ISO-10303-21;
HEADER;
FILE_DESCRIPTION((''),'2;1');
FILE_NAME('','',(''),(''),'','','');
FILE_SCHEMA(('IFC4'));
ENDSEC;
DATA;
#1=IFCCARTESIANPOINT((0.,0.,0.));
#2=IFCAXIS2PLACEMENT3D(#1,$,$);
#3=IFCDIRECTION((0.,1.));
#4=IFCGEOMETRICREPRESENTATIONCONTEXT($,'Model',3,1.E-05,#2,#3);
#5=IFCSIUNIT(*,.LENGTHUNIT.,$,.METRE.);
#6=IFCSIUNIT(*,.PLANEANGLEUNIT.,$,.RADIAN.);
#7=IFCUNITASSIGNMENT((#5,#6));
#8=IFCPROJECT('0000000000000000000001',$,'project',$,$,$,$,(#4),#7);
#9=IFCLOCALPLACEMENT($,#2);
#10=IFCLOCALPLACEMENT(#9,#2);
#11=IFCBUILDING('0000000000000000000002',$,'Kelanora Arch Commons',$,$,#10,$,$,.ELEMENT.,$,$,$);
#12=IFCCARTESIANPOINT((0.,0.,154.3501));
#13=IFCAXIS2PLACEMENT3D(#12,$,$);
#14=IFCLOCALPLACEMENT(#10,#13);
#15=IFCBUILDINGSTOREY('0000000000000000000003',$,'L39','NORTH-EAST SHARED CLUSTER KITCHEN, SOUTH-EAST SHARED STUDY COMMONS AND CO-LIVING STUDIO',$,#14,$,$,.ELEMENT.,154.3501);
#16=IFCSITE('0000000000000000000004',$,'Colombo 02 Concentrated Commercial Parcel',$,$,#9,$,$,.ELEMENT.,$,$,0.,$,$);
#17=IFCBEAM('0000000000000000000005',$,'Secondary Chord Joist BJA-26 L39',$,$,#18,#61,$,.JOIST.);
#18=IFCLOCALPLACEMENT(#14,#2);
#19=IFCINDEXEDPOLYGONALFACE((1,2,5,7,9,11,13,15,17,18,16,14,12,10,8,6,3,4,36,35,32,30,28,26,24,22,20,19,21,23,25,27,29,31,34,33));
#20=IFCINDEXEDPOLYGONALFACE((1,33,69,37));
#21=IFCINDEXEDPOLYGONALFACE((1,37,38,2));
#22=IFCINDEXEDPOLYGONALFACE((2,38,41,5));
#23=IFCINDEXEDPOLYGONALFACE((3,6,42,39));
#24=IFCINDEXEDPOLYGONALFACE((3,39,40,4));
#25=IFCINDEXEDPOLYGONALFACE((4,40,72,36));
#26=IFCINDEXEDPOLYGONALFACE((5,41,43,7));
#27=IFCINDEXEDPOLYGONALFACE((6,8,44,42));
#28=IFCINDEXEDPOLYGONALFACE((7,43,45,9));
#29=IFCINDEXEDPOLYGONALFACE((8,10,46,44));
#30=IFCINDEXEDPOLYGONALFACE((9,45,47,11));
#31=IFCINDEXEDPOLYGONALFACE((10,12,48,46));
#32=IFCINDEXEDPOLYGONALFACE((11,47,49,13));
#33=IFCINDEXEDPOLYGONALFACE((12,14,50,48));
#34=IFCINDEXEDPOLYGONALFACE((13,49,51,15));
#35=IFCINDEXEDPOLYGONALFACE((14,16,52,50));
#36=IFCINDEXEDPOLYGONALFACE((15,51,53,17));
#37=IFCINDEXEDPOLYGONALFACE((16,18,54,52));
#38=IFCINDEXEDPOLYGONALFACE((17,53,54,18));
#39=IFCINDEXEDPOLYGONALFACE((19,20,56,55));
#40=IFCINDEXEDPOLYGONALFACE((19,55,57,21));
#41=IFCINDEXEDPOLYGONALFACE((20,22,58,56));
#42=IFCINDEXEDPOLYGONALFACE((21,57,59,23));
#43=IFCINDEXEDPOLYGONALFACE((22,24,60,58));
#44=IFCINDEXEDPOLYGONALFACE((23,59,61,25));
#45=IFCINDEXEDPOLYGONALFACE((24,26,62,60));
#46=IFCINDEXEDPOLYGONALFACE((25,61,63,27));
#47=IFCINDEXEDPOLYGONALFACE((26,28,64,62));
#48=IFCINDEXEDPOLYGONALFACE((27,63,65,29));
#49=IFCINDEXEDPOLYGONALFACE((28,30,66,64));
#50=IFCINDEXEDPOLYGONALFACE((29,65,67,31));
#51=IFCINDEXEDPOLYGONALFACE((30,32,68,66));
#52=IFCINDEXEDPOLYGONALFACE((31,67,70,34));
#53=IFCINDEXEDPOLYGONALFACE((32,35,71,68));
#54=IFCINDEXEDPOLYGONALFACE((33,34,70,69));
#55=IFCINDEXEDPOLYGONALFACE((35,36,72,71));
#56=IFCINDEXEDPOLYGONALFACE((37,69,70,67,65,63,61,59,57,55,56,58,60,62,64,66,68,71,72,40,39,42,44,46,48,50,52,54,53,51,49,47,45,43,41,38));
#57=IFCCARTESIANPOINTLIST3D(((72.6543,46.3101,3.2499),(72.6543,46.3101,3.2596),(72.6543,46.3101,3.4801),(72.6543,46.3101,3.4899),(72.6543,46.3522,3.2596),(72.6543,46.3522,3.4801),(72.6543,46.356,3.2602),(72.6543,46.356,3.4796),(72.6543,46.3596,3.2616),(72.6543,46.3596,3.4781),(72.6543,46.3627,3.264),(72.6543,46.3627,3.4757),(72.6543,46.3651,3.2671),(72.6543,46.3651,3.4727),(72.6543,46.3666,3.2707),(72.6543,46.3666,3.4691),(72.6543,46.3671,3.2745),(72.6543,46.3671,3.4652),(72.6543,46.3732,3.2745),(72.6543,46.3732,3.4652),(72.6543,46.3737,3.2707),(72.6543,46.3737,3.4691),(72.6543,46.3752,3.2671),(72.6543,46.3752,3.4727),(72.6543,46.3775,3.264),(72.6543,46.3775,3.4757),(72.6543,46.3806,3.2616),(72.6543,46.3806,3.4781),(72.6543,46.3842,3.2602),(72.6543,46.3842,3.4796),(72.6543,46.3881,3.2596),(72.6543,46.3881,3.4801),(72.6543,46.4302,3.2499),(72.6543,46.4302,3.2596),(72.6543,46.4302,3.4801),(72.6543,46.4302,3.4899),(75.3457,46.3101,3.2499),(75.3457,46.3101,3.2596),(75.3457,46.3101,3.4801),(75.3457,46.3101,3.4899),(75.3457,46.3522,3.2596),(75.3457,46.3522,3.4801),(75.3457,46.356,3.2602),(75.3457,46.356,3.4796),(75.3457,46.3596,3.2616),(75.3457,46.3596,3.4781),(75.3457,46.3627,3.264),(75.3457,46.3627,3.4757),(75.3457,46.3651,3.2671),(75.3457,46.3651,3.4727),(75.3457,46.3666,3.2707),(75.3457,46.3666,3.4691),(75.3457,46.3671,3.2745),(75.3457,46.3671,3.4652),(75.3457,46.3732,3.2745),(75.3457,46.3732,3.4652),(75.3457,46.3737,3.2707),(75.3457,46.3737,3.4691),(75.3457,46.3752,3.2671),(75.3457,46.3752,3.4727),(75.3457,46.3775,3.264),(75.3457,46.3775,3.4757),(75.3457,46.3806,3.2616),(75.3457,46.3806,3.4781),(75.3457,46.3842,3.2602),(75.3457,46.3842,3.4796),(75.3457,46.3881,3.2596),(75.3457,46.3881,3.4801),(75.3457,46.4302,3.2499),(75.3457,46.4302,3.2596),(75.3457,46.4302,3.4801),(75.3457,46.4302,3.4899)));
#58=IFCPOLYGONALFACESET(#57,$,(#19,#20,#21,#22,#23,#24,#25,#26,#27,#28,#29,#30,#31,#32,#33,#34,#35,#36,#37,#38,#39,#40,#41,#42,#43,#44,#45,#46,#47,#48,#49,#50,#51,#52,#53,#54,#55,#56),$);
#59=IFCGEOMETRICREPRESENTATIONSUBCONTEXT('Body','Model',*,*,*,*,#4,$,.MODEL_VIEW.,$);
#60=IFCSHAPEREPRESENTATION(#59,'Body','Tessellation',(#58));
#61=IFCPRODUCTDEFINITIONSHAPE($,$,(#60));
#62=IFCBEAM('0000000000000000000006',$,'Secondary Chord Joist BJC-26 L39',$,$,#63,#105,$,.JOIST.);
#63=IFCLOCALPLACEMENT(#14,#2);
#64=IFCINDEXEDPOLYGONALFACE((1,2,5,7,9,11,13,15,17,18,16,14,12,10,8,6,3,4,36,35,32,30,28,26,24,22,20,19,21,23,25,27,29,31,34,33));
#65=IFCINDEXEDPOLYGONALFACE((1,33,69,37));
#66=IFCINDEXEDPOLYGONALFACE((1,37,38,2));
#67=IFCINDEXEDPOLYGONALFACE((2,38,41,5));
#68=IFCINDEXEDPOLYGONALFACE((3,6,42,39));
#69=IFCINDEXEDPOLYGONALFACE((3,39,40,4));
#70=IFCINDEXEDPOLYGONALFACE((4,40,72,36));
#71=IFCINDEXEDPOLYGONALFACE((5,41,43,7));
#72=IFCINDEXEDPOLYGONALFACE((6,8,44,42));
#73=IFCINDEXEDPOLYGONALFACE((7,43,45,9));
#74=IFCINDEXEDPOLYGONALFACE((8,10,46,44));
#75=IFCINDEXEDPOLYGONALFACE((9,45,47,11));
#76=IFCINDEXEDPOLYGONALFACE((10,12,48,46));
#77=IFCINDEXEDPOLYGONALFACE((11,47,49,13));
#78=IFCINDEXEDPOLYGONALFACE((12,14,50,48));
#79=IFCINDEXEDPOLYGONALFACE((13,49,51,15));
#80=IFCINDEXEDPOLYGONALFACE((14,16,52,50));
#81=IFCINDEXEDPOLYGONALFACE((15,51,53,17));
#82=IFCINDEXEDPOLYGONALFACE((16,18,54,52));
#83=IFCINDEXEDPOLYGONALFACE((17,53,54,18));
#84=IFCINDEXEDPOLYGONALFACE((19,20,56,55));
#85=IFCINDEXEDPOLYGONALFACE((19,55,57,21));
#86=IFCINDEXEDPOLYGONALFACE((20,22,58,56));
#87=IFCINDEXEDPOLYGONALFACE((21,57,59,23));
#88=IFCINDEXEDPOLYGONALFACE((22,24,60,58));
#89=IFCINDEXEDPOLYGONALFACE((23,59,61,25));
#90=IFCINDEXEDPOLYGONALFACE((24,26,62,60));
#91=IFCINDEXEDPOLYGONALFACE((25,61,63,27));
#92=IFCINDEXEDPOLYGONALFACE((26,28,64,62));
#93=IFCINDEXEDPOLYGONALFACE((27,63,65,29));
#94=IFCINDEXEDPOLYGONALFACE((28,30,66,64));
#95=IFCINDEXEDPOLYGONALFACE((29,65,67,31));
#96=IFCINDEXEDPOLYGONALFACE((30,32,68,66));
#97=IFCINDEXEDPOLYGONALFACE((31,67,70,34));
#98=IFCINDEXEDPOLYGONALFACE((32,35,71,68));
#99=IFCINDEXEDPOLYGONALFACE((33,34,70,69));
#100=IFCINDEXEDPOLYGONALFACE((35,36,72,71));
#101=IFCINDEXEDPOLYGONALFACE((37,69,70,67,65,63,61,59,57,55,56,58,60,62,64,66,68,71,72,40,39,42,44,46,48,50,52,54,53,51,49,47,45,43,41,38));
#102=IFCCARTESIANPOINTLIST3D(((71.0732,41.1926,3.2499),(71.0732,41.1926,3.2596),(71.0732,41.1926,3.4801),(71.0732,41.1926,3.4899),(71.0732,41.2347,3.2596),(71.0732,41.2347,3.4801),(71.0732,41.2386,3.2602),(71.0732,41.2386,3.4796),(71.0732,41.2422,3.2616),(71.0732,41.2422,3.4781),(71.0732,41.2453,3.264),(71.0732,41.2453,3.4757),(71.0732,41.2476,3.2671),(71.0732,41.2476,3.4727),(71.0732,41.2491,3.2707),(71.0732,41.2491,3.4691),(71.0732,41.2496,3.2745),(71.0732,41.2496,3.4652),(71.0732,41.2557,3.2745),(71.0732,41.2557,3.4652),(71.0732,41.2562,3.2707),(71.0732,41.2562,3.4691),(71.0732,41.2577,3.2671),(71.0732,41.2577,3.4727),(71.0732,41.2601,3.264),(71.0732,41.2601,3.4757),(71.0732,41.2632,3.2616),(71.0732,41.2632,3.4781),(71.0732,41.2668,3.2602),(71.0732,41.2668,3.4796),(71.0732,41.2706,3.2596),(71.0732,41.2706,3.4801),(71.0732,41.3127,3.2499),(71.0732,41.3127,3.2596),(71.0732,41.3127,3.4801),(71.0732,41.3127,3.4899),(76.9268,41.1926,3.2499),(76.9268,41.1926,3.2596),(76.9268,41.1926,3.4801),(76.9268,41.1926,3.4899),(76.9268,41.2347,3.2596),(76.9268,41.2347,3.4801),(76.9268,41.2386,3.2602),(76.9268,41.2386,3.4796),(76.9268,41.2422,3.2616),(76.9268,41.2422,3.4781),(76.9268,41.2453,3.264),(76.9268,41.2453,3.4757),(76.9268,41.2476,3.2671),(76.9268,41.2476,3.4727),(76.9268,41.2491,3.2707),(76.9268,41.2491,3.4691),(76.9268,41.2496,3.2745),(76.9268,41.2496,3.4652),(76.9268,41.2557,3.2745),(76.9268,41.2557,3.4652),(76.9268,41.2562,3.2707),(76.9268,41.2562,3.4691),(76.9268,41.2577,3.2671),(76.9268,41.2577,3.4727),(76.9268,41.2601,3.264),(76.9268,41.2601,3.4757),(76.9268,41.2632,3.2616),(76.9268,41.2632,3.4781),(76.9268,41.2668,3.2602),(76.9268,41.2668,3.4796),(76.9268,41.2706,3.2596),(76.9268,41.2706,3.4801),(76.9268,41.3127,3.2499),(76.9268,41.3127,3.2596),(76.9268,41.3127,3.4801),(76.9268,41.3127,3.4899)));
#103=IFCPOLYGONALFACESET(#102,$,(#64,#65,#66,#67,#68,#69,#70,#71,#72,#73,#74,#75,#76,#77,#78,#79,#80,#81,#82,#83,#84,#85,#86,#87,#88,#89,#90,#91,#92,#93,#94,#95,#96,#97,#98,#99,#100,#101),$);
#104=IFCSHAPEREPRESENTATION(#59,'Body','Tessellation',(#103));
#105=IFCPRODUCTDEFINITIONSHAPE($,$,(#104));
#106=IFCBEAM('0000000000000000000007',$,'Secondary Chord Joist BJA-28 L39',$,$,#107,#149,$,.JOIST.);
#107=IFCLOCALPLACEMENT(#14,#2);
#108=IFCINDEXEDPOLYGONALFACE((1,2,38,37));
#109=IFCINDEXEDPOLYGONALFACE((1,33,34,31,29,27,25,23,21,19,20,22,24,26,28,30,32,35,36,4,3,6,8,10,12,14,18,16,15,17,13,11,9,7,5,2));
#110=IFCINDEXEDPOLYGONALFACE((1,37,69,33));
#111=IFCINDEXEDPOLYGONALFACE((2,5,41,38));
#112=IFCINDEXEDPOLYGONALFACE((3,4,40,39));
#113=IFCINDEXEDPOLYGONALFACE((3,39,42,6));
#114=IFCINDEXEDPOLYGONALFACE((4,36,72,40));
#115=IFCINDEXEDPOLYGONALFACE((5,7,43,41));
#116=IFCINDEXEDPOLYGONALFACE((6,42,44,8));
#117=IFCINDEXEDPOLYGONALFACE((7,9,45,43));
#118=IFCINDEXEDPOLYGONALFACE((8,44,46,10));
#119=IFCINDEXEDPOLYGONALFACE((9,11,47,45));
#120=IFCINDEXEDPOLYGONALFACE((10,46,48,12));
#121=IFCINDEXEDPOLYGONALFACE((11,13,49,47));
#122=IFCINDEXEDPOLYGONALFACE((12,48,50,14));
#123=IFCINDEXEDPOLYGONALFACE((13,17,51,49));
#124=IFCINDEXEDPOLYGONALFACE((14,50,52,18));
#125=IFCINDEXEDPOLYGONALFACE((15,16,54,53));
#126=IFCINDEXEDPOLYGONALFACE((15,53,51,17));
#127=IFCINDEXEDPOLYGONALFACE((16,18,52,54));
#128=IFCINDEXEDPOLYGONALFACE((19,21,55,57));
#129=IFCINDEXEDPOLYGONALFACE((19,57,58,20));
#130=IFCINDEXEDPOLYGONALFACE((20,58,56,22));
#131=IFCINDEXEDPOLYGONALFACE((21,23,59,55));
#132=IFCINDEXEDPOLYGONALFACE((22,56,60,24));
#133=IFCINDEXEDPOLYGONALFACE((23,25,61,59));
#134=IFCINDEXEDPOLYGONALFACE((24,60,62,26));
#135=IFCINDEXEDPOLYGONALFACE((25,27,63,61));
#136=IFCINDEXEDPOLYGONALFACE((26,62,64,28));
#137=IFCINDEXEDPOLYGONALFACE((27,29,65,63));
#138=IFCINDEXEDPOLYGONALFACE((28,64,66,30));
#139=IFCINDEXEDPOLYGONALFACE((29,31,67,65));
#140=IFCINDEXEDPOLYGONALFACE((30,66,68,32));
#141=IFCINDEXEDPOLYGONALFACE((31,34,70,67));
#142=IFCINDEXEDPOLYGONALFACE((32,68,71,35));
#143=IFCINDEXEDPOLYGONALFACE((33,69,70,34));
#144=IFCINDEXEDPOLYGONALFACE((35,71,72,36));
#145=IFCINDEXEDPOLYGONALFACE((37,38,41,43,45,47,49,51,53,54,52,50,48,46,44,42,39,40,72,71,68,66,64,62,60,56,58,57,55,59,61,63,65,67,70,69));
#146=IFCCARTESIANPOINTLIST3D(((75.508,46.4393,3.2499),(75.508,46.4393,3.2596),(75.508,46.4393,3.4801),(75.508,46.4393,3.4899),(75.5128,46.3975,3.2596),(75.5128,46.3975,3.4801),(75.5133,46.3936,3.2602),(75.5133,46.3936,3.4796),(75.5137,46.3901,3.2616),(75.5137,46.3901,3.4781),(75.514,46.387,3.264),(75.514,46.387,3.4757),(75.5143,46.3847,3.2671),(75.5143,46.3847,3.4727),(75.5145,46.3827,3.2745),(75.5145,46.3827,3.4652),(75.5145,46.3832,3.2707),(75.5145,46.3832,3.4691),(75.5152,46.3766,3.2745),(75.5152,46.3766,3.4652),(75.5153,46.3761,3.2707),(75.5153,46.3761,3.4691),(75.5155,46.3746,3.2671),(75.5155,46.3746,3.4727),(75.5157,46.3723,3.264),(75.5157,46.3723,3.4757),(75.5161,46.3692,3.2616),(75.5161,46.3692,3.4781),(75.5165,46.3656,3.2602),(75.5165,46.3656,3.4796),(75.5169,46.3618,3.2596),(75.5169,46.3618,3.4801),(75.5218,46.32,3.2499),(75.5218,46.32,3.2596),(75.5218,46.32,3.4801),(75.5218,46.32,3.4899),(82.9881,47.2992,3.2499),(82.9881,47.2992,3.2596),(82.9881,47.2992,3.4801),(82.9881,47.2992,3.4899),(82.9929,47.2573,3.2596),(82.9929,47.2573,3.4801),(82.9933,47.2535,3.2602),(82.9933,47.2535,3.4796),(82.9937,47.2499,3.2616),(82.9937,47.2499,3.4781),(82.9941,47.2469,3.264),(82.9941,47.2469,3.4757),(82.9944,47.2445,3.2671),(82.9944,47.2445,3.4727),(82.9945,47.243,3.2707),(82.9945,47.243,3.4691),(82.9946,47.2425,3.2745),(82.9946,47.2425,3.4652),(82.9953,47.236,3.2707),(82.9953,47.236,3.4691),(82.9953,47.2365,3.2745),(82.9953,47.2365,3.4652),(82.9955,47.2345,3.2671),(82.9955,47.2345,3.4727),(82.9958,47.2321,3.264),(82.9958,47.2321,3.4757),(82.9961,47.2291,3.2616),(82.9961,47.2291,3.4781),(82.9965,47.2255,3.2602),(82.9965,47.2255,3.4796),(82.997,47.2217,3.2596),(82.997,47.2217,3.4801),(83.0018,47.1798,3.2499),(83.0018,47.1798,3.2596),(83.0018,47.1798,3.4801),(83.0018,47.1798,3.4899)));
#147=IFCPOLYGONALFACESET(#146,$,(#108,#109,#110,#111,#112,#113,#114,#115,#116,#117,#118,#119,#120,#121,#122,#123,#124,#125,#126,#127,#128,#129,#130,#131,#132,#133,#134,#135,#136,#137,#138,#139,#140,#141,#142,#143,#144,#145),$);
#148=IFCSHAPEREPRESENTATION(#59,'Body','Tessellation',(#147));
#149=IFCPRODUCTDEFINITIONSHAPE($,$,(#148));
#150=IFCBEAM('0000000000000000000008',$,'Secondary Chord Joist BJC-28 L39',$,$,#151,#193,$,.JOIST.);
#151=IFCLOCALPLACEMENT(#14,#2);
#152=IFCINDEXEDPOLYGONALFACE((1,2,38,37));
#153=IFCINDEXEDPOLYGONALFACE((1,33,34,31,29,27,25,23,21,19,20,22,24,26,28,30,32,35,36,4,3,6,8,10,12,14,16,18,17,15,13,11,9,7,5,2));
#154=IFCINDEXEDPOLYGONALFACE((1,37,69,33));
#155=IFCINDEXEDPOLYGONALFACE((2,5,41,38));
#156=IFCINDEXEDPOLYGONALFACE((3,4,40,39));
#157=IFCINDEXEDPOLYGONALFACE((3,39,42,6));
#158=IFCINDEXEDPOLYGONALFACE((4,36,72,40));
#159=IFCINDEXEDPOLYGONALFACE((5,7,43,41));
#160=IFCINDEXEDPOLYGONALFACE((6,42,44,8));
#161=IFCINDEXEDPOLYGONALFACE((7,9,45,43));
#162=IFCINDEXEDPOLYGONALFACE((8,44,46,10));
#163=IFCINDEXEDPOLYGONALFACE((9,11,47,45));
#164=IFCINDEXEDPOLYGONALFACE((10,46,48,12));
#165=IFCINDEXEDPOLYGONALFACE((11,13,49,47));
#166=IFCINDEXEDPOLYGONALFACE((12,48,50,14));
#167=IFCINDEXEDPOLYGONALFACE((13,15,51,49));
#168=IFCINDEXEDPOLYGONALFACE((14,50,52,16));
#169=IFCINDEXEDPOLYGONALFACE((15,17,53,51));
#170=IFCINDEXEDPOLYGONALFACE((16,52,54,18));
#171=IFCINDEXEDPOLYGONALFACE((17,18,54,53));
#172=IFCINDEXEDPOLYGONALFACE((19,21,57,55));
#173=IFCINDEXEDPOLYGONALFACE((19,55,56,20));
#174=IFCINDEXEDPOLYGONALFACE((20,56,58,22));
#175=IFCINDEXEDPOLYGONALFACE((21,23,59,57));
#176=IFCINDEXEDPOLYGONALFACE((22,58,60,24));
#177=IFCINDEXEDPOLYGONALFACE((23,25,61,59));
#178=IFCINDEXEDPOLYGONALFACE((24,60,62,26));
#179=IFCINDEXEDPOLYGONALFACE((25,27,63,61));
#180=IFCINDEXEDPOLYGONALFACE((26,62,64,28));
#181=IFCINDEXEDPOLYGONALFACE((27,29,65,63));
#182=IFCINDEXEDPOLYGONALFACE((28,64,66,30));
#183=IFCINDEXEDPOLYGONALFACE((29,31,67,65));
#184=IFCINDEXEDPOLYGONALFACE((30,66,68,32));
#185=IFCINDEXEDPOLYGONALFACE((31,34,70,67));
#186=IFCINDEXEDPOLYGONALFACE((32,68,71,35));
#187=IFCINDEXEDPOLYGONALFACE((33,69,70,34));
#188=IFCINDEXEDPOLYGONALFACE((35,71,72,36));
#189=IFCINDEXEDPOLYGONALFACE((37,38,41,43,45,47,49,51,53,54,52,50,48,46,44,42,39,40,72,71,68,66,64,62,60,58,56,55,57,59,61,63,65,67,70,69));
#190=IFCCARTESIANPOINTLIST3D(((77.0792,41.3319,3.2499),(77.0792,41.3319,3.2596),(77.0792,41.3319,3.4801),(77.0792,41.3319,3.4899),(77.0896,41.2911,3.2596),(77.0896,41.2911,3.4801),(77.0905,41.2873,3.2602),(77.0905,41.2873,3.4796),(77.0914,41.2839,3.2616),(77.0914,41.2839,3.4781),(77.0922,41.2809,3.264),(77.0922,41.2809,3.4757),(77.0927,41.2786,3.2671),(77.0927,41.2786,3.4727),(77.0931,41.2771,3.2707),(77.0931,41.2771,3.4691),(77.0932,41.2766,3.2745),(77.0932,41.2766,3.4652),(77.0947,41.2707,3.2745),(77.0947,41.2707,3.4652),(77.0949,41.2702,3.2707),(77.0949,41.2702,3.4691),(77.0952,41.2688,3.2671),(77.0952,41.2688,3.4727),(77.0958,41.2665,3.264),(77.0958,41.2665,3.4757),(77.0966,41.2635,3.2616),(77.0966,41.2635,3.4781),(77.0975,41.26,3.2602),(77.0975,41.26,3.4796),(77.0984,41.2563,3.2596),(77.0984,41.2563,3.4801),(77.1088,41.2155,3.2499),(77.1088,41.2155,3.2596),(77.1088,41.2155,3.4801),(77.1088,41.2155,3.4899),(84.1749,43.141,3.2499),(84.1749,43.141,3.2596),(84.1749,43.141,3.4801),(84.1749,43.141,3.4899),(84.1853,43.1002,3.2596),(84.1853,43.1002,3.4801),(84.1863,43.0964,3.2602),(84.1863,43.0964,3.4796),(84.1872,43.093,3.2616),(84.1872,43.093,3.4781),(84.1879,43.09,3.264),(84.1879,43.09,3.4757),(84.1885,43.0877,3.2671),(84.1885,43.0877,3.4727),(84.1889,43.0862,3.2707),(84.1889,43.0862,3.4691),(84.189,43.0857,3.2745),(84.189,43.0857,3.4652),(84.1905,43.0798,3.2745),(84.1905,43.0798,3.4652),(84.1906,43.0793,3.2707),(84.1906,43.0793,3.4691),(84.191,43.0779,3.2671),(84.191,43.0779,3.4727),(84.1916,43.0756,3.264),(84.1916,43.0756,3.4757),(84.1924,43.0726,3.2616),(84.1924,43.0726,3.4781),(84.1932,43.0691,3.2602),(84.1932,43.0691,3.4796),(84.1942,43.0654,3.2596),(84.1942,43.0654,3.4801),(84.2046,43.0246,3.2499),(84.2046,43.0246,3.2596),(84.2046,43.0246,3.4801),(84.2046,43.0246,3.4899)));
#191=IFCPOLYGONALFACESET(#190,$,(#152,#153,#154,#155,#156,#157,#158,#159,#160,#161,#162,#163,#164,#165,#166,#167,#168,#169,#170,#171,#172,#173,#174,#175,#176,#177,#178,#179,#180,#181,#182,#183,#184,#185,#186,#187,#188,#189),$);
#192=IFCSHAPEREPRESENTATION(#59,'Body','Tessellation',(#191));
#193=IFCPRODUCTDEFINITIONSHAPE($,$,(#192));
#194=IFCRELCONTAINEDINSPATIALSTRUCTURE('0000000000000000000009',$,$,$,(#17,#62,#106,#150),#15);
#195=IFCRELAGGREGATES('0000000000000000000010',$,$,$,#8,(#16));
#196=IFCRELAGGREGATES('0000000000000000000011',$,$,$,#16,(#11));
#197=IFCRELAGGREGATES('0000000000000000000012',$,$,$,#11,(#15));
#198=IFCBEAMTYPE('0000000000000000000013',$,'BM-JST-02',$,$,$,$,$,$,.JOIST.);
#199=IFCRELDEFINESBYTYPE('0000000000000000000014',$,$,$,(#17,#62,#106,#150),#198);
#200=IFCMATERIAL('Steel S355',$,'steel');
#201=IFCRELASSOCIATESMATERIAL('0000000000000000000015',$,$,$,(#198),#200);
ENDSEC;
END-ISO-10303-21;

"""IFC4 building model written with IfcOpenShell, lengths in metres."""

from ifc_helpers import new_model, si_unit, direction, frame, origin, origin_2d, place, context, subcontext, project, spatial, i_section, extrude, material, material_profile, profile_set, type_object, element, save


model = new_model("IFC4")

# Units and contexts
model_context = context("Model", 3, precision=1e-05, world=origin(), true_north=direction((0.0, 1.0)))
body_context = subcontext(model_context, "Body", "Model", "MODEL_VIEW")
ifc_project = project(units=[si_unit("LENGTHUNIT", "METRE"), si_unit("PLANEANGLEUNIT", "RADIAN")], contexts=[model_context])

# Site, building, storey
site_placement = place(None, origin())
site = spatial("IfcSite", under=ifc_project, at=site_placement, Name="Colombo 02 Concentrated Commercial Parcel", CompositionType="ELEMENT", RefElevation=0.0)
building_placement = place(site_placement, origin())
building = spatial("IfcBuilding", under=site, at=building_placement, Name="Kelanora Arch Commons", CompositionType="ELEMENT")
storey_placement = place(building_placement, frame((0.0, 0.0, 154.3501)))
storey = spatial("IfcBuildingStorey", under=building, at=storey_placement, Name="L39", Description="NORTH-EAST SHARED CLUSTER KITCHEN, SOUTH-EAST SHARED STUDY COMMONS AND CO-LIVING STUDIO", CompositionType="ELEMENT", Elevation=154.3501)

# Beams
ifc_material_1 = material(Name="Steel S355", Category="steel")
ifc_material_profile_1 = material_profile(ifc_material_1, i_section(OverallWidth=0.1201, OverallDepth=0.24, WebThickness=0.0061, FlangeThickness=0.0098, FilletRadius=0.0149, at=origin_2d()), Name="IPE240")
ifc_profile_set_1 = profile_set([ifc_material_profile_1], Name="Steel S355")
beam_type_1 = type_object("IfcBeamType", Name="BM-JST-02", PredefinedType="JOIST", material=ifc_profile_set_1)
beam_1_placement = place(storey_placement, frame((72.6543, 46.3701, 3.3699), z_axis=(1.0, 0.0, 0.0), x_axis=(0.0, 1.0, 0.0)))
element("IfcBeam", 1, at=beam_1_placement, inside=storey, type_object=beam_type_1, Name="Secondary Chord Joist BJA-26 L39", PredefinedType="JOIST", context=body_context, shape_type="SweptSolid", body=[
    extrude(i_section(OverallWidth=0.1201, OverallDepth=0.24, WebThickness=0.0061, FlangeThickness=0.0098, FilletRadius=0.0149, at=origin_2d()), origin(), (0.0, 0.0, 1.0), 2.6914),
])
beam_2_placement = place(storey_placement, frame((71.0732, 41.2527, 3.3699), z_axis=(1.0, 0.0, 0.0), x_axis=(0.0, 1.0, 0.0)))
element("IfcBeam", 2, at=beam_2_placement, inside=storey, type_object=beam_type_1, Name="Secondary Chord Joist BJC-26 L39", PredefinedType="JOIST", context=body_context, shape_type="SweptSolid", body=[
    extrude(i_section(OverallWidth=0.1201, OverallDepth=0.24, WebThickness=0.0061, FlangeThickness=0.0098, FilletRadius=0.0149, at=origin_2d()), origin(), (0.0, 0.0, 1.0), 5.8535),
])
beam_3_placement = place(storey_placement, frame((75.5149, 46.3796, 3.3699), z_axis=(0.993457, 0.114203, 0.0), x_axis=(-0.114203, 0.993457, 0.0)))
element("IfcBeam", 3, at=beam_3_placement, inside=storey, type_object=beam_type_1, Name="Secondary Chord Joist BJA-28 L39", PredefinedType="JOIST", context=body_context, shape_type="SweptSolid", body=[
    extrude(i_section(OverallWidth=0.1201, OverallDepth=0.24, WebThickness=0.0061, FlangeThickness=0.0098, FilletRadius=0.0149, at=origin_2d()), origin(), (0.0, 0.0, 1.0), 7.5293),
])
beam_4_placement = place(storey_placement, frame((77.094, 41.2737, 3.3699), z_axis=(0.969002, 0.247052, 0.0), x_axis=(-0.247052, 0.969002, 0.0)))
element("IfcBeam", 4, at=beam_4_placement, inside=storey, type_object=beam_type_1, Name="Secondary Chord Joist BJC-28 L39", PredefinedType="JOIST", context=body_context, shape_type="SweptSolid", body=[
    extrude(i_section(OverallWidth=0.1201, OverallDepth=0.24, WebThickness=0.0061, FlangeThickness=0.0098, FilletRadius=0.0149, at=origin_2d()), origin(), (0.0, 0.0, 1.0), 7.3228),
])

save(model, "model.ifc")
